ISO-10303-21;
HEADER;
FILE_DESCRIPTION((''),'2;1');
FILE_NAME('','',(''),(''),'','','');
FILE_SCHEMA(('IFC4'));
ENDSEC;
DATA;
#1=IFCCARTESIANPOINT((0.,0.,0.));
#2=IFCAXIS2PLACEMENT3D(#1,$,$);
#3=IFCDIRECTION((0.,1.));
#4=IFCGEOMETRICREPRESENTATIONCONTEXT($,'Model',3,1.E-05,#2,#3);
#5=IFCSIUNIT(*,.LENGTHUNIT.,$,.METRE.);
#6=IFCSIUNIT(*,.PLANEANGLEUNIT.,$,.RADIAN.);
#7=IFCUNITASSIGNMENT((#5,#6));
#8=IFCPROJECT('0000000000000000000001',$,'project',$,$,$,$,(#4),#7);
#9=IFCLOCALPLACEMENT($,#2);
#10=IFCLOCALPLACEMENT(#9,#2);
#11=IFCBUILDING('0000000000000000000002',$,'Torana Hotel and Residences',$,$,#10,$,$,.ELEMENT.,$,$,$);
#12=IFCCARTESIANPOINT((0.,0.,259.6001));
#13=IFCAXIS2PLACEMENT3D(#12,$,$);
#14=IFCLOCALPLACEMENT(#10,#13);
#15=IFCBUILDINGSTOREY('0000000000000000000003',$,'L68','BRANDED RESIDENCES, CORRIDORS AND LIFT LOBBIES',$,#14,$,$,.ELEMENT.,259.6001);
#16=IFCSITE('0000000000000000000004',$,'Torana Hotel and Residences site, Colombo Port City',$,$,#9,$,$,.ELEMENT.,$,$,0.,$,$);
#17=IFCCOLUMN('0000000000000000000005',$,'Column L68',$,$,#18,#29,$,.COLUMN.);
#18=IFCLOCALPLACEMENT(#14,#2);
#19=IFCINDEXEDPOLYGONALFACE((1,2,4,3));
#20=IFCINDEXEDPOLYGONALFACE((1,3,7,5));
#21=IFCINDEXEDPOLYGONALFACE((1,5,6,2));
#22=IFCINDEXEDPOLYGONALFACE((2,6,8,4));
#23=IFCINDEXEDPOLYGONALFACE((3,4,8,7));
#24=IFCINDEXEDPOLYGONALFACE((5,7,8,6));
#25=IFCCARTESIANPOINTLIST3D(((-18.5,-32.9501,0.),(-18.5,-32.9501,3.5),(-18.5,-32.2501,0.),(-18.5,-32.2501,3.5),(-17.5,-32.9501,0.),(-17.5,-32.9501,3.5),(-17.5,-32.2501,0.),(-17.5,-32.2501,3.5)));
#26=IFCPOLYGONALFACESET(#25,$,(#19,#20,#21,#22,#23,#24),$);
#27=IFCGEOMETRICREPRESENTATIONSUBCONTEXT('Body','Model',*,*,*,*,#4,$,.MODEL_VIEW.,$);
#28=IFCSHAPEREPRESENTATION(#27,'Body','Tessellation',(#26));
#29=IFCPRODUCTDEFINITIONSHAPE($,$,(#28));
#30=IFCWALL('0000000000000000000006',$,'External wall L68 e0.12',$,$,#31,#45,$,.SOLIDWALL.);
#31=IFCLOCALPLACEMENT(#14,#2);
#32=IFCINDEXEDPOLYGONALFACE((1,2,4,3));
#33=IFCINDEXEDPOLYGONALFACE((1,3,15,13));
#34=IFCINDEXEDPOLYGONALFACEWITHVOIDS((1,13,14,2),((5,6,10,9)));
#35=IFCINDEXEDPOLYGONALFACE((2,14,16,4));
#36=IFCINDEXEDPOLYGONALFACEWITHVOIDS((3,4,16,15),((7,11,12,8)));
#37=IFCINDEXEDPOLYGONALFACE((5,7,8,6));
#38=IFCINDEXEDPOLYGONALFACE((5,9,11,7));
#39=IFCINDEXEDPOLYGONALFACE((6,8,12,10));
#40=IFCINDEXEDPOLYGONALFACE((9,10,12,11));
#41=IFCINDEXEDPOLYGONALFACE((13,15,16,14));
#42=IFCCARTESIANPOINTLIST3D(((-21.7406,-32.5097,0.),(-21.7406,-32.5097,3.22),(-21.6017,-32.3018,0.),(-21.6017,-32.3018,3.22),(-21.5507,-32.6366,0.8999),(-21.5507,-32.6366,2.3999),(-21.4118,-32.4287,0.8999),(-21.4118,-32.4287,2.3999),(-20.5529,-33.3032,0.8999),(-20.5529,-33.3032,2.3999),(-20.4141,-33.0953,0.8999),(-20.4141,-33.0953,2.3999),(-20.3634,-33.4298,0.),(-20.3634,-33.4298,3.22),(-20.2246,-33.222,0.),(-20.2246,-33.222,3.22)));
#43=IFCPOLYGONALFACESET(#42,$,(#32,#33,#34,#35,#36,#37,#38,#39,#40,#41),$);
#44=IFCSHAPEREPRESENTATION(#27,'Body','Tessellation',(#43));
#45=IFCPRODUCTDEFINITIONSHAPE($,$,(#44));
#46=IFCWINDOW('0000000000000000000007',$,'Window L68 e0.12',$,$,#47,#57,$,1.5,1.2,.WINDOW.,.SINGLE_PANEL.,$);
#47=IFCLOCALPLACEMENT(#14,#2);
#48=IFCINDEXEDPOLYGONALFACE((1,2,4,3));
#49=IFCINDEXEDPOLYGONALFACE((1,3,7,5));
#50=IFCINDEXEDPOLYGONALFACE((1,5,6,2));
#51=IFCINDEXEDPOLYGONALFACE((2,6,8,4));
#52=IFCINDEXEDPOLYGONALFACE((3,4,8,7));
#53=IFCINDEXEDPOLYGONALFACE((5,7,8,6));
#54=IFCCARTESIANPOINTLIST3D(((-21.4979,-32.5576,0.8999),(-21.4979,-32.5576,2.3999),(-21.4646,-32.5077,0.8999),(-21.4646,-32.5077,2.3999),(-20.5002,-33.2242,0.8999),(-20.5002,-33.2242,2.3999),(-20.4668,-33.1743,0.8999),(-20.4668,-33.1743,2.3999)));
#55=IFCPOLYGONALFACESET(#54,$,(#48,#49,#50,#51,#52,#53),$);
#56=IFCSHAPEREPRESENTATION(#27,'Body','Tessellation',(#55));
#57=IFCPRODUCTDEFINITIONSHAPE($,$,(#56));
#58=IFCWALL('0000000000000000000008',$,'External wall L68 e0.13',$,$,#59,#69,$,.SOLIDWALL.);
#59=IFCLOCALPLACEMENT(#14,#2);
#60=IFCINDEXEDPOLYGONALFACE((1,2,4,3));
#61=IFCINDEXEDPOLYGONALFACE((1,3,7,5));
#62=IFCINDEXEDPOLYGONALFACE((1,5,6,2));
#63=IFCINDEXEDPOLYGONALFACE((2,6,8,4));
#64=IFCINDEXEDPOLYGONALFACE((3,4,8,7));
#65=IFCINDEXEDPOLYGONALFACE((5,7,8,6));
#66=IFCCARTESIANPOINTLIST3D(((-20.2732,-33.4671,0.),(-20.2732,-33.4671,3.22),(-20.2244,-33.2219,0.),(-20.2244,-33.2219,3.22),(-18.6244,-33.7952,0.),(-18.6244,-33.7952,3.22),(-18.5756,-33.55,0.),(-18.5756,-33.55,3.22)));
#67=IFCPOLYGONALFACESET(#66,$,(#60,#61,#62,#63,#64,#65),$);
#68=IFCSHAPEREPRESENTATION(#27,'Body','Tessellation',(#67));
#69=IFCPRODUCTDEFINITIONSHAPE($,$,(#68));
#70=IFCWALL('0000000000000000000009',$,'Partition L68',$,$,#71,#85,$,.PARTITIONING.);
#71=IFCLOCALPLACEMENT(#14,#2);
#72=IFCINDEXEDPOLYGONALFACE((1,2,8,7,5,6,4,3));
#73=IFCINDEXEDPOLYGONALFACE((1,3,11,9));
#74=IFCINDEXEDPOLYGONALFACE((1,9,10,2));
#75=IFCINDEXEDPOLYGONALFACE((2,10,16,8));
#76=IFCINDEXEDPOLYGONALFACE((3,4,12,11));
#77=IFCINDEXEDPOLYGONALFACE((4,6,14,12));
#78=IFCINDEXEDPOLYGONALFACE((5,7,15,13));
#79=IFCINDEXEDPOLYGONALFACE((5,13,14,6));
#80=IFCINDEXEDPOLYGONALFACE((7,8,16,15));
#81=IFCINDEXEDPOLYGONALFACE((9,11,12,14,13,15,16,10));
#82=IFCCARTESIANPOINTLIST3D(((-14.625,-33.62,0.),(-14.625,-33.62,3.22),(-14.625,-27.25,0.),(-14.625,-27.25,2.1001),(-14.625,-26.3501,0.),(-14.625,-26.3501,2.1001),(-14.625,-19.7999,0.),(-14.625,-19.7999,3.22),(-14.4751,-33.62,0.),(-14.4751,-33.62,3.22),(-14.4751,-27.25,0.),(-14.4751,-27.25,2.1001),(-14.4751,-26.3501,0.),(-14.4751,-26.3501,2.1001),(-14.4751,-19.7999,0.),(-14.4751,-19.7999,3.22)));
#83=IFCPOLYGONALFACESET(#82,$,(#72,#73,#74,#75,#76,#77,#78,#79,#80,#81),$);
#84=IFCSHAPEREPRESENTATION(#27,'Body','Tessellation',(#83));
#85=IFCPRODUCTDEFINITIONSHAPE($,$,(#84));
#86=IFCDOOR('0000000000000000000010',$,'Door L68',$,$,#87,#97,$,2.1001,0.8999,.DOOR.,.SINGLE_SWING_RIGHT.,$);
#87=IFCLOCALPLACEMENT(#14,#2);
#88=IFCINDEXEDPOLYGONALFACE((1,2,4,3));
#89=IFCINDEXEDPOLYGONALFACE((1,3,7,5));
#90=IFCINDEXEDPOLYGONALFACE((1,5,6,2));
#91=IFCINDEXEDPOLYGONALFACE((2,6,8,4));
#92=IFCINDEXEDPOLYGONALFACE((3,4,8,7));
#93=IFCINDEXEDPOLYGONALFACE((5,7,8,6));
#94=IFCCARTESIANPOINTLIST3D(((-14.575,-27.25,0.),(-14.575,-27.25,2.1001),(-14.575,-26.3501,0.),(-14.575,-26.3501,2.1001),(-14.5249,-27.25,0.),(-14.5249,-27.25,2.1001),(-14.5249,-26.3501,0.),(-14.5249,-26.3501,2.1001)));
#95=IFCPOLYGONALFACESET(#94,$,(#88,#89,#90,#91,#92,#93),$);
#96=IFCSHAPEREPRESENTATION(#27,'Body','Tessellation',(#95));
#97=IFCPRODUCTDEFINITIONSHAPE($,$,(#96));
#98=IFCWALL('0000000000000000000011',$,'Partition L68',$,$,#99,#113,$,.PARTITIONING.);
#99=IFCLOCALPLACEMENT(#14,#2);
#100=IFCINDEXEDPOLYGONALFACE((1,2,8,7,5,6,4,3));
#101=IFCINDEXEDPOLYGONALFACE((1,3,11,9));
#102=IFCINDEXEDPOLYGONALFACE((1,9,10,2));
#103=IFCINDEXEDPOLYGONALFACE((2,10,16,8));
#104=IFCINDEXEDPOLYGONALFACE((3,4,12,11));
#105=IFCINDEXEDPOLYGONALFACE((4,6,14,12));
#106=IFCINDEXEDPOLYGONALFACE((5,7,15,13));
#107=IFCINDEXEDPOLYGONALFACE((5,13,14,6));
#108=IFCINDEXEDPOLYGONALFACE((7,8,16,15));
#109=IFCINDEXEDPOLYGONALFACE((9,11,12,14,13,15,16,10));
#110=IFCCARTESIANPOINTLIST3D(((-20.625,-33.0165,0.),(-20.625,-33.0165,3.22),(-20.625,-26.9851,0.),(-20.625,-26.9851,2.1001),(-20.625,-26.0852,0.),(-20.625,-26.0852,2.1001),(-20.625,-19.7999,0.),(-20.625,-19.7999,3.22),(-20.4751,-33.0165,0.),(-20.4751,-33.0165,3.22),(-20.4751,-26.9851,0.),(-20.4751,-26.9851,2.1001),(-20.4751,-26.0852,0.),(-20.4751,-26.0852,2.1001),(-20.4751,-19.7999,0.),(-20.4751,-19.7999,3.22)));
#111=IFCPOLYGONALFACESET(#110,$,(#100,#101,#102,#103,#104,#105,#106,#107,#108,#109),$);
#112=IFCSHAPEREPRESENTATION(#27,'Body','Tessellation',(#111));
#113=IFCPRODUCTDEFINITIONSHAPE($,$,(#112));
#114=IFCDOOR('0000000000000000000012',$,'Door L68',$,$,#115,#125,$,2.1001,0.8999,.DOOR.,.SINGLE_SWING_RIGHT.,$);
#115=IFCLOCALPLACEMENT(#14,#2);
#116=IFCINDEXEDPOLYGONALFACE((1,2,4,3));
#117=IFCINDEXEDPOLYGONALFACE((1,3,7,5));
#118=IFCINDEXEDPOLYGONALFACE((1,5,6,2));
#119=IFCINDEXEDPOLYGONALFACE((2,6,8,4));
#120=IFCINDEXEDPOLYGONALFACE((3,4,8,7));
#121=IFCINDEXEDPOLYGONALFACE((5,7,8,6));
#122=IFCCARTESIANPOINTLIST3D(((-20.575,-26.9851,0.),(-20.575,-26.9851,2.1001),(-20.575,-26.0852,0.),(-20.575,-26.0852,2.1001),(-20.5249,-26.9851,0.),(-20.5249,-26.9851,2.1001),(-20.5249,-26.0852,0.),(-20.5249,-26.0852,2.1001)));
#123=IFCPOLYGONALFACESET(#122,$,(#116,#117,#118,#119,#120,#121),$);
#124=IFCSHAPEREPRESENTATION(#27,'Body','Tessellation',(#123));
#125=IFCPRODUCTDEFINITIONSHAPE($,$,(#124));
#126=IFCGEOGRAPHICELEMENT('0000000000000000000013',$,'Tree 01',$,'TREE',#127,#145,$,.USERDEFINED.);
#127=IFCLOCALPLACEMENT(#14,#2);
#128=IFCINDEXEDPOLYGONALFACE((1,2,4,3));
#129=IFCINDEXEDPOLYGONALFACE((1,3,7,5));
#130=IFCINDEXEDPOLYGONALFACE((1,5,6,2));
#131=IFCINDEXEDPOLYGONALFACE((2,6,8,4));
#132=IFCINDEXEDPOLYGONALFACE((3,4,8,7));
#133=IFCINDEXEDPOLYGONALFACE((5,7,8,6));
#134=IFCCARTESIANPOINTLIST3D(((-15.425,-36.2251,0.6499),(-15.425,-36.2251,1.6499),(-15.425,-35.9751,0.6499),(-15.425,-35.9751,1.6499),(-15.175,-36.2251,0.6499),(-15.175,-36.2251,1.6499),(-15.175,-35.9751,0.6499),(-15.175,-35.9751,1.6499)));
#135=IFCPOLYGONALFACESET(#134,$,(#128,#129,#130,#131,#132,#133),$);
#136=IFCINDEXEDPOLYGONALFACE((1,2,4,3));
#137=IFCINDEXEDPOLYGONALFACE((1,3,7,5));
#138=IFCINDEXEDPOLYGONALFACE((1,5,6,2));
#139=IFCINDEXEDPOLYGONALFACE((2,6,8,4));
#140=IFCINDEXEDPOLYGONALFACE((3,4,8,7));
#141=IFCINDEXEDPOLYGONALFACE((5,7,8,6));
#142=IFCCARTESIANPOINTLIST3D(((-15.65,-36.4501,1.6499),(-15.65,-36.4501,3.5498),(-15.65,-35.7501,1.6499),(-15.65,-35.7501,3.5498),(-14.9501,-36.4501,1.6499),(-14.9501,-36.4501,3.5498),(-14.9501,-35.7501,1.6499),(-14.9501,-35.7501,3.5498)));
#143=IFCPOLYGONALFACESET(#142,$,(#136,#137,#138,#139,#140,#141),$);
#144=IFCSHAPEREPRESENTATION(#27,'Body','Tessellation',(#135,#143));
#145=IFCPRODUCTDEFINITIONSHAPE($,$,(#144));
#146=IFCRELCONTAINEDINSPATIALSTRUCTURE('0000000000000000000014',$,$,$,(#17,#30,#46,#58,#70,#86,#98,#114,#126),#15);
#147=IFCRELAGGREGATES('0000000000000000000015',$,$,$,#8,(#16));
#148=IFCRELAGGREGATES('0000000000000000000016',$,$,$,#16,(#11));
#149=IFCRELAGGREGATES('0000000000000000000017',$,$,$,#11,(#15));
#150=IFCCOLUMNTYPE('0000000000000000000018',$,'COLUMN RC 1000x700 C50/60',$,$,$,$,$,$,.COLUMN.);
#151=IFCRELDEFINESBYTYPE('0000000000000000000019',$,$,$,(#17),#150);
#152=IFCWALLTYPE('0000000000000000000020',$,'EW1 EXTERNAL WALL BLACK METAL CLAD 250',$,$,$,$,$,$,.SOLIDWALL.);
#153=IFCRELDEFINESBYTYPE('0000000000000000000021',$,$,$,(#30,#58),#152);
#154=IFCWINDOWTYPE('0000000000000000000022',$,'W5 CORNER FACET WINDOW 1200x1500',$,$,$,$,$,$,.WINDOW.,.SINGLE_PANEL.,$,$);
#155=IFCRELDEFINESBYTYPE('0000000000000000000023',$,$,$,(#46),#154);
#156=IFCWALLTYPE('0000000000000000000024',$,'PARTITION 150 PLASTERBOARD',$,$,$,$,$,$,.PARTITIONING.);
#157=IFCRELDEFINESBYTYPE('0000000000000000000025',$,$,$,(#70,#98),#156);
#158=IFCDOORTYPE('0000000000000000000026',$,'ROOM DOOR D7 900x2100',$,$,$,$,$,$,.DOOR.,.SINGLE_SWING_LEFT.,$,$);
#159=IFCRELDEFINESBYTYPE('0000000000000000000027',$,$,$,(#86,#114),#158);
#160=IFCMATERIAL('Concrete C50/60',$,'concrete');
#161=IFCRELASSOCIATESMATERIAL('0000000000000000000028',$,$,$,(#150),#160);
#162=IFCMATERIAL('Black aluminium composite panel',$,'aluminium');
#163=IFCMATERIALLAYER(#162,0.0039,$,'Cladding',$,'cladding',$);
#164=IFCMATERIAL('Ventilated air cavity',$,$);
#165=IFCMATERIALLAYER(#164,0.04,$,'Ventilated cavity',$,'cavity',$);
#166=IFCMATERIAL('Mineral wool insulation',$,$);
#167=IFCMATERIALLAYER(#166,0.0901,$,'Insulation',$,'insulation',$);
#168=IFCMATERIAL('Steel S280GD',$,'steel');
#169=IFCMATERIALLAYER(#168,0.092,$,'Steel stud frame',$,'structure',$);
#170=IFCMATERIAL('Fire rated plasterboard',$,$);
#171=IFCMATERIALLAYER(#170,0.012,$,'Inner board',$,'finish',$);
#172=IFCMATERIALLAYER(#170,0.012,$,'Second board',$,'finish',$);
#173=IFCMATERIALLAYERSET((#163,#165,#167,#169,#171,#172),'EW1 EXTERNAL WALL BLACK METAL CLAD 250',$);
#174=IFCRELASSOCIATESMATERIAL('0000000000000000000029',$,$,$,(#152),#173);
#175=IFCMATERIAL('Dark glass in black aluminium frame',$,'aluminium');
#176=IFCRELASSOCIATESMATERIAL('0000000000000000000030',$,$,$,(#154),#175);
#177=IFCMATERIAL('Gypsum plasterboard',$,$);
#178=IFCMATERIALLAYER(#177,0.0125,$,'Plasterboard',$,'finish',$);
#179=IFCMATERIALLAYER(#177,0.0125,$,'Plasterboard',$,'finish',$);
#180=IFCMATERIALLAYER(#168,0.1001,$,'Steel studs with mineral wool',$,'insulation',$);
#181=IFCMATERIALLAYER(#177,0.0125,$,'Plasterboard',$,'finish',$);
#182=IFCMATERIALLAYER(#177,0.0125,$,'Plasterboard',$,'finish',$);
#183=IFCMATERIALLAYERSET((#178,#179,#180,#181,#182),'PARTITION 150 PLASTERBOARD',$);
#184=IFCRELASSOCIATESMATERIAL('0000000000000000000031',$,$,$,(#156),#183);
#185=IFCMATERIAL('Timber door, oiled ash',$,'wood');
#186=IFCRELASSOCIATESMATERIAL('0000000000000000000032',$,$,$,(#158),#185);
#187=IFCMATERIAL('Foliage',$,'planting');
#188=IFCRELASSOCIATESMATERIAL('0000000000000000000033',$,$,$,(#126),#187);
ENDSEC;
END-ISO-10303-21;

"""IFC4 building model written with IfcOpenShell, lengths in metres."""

from ifc_helpers import new_model, si_unit, direction, frame, frame_2d, origin, origin_2d, place, context, subcontext, project, spatial, rectangle, extrude, material, layer, layer_set, material_profile, profile_set, type_object, element, fill, save


model = new_model("IFC4")

# Units and contexts
model_context = context("Model", 3, precision=1e-05, world=origin(), true_north=direction((0.0, 1.0)))
body_context = subcontext(model_context, "Body", "Model", "MODEL_VIEW")
ifc_project = project(units=[si_unit("LENGTHUNIT", "METRE"), si_unit("PLANEANGLEUNIT", "RADIAN")], contexts=[model_context])

# Site, building, storey
site_placement = place(None, origin())
site = spatial("IfcSite", under=ifc_project, at=site_placement, Name="Torana Hotel and Residences site, Colombo Port City", CompositionType="ELEMENT", RefElevation=0.0)
building_placement = place(site_placement, origin())
building = spatial("IfcBuilding", under=site, at=building_placement, Name="Torana Hotel and Residences", CompositionType="ELEMENT")
storey_placement = place(building_placement, frame((0.0, 0.0, 259.6001)))
storey = spatial("IfcBuildingStorey", under=building, at=storey_placement, Name="L68", Description="BRANDED RESIDENCES, CORRIDORS AND LIFT LOBBIES", CompositionType="ELEMENT", Elevation=259.6001)

# Column
ifc_material_1 = material(Name="Concrete C50/60", Category="concrete")
ifc_material_profile = material_profile(ifc_material_1, rectangle(XDim=1.0, YDim=0.7, at=origin_2d()), Name="RC 1000x700")
ifc_profile_set = profile_set([ifc_material_profile], Name="Concrete C50/60")
column_type = type_object("IfcColumnType", Name="COLUMN RC 1000x700 C50/60", PredefinedType="COLUMN", material=ifc_profile_set)
column_placement = place(storey_placement, frame((-18.0, -32.6001, 0.0), z_axis=(0.0, 0.0, 1.0), x_axis=(1.0, 0.0, 0.0)))
element("IfcColumn", 1, at=column_placement, inside=storey, type_object=column_type, Name="Column L68", PredefinedType="COLUMN", context=body_context, shape_type="SweptSolid", body=[
    extrude(rectangle(XDim=1.0, YDim=0.7, at=origin_2d()), origin(), (0.0, 0.0, 1.0), 3.5),
])

# Wall, opening, window
ifc_material_2 = material(Name="Black aluminium composite panel", Category="aluminium")
ifc_layer_1 = layer(ifc_material_2, 0.0039, Name="Cladding", Category="cladding")
ifc_material_3 = material(Name="Ventilated air cavity")
ifc_layer_2 = layer(ifc_material_3, 0.04, Name="Ventilated cavity", Category="cavity")
ifc_material_4 = material(Name="Mineral wool insulation")
ifc_layer_3 = layer(ifc_material_4, 0.0901, Name="Insulation", Category="insulation")
ifc_material_5 = material(Name="Steel S280GD", Category="steel")
ifc_layer_4 = layer(ifc_material_5, 0.092, Name="Steel stud frame", Category="structure")
ifc_material_6 = material(Name="Fire rated plasterboard")
ifc_layer_5 = layer(ifc_material_6, 0.012, Name="Inner board", Category="finish")
ifc_layer_6 = layer(ifc_material_6, 0.012, Name="Second board", Category="finish")
ifc_layer_set_1 = layer_set([ifc_layer_1, ifc_layer_2, ifc_layer_3, ifc_layer_4, ifc_layer_5, ifc_layer_6], Name="EW1 EXTERNAL WALL BLACK METAL CLAD 250")
wall_type_1 = type_object("IfcWallType", Name="EW1 EXTERNAL WALL BLACK METAL CLAD 250", PredefinedType="SOLIDWALL", material=ifc_layer_set_1)
wall_1_placement = place(storey_placement, frame((-21.6711, -32.4058, 0.0), z_axis=(0.0, 0.0, 1.0), x_axis=(0.831483, -0.55555, 0.0)))
wall_1 = element("IfcWall", 2, at=wall_1_placement, inside=storey, type_object=wall_type_1, Name="External wall L68 e0.12", PredefinedType="SOLIDWALL", context=body_context, shape_type="SweptSolid", body=[
    extrude(rectangle(XDim=1.6562, YDim=0.25, at=frame_2d((0.8281, 0.0))), origin(), (0.0, 0.0, 1.0), 3.22),
])
opening_1_placement = place(wall_1_placement, frame((0.2283, 0.0, 0.8999)))
opening_1 = element("IfcOpeningElement", 3, at=opening_1_placement, cuts=wall_1, PredefinedType="OPENING", context=body_context, shape_type="SweptSolid", body=[
    extrude(rectangle(XDim=1.2, YDim=1.5, at=frame_2d((0.6001, 0.75))), frame((0.0, 0.135, 0.0), z_axis=(0.0, -1.0, 0.0), x_axis=(1.0, 0.0, 0.0)), (0.0, 0.0, 1.0), 0.27),
])
ifc_material_7 = material(Name="Dark glass in black aluminium frame", Category="aluminium")
window_type_1 = type_object("IfcWindowType", Name="W5 CORNER FACET WINDOW 1200x1500", PartitioningType="SINGLE_PANEL", PredefinedType="WINDOW", material=ifc_material_7)
window_1_placement = place(opening_1_placement, origin())
window_1 = element("IfcWindow", 4, at=window_1_placement, inside=storey, type_object=window_type_1, Name="Window L68 e0.12", OverallHeight=1.5, OverallWidth=1.2, PartitioningType="SINGLE_PANEL", PredefinedType="WINDOW", context=body_context, shape_type="SweptSolid", body=[
    extrude(rectangle(XDim=1.2, YDim=1.5, at=frame_2d((0.6001, 0.75))), frame((0.0, 0.03, 0.0), z_axis=(0.0, -1.0, 0.0), x_axis=(1.0, 0.0, 0.0)), (0.0, 0.0, 1.0), 0.0601),
])
fill(opening_1, window_1)

# Wall
wall_2_placement = place(storey_placement, frame((-20.2488, -33.3445, 0.0), z_axis=(0.0, 0.0, 1.0), x_axis=(0.98077, -0.195167, 0.0)))
element("IfcWall", 5, at=wall_2_placement, inside=storey, type_object=wall_type_1, Name="External wall L68 e0.13", PredefinedType="SOLIDWALL", context=body_context, shape_type="SweptSolid", body=[
    extrude(rectangle(XDim=1.6812, YDim=0.25, at=frame_2d((0.8406, 0.0))), origin(), (0.0, 0.0, 1.0), 3.22),
])

# Walls, openings, doors
ifc_material_8 = material(Name="Gypsum plasterboard")
ifc_layer_7 = layer(ifc_material_8, 0.0125, Name="Plasterboard", Category="finish")
ifc_layer_8 = layer(ifc_material_8, 0.0125, Name="Plasterboard", Category="finish")
ifc_layer_9 = layer(ifc_material_5, 0.1001, Name="Steel studs with mineral wool", Category="insulation")
ifc_layer_10 = layer(ifc_material_8, 0.0125, Name="Plasterboard", Category="finish")
ifc_layer_11 = layer(ifc_material_8, 0.0125, Name="Plasterboard", Category="finish")
ifc_layer_set_2 = layer_set([ifc_layer_7, ifc_layer_8, ifc_layer_9, ifc_layer_10, ifc_layer_11], Name="PARTITION 150 PLASTERBOARD")
wall_type_2 = type_object("IfcWallType", Name="PARTITION 150 PLASTERBOARD", PredefinedType="PARTITIONING", material=ifc_layer_set_2)
wall_3_placement = place(storey_placement, frame((-14.55, -33.6201, 0.0), z_axis=(0.0, 0.0, 1.0), x_axis=(0.0, 1.0, 0.0)))
wall_3 = element("IfcWall", 6, at=wall_3_placement, inside=storey, type_object=wall_type_2, Name="Partition L68", PredefinedType="PARTITIONING", context=body_context, shape_type="SweptSolid", body=[
    extrude(rectangle(XDim=13.8201, YDim=0.1499, at=frame_2d((6.9102, 0.0))), origin(), (0.0, 0.0, 1.0), 3.22),
])
opening_2_placement = place(wall_3_placement, frame((6.3701, 0.0, 0.0)))
opening_2 = element("IfcOpeningElement", 7, at=opening_2_placement, cuts=wall_3, PredefinedType="OPENING", context=body_context, shape_type="SweptSolid", body=[
    extrude(rectangle(XDim=0.8999, YDim=2.1001, at=frame_2d((0.45, 1.05))), frame((0.0, 0.085, 0.0), z_axis=(0.0, -1.0, 0.0), x_axis=(1.0, 0.0, 0.0)), (0.0, 0.0, 1.0), 0.1699),
])
ifc_material_9 = material(Name="Timber door, oiled ash", Category="wood")
door_type_1 = type_object("IfcDoorType", Name="ROOM DOOR D7 900x2100", OperationType="SINGLE_SWING_LEFT", PredefinedType="DOOR", material=ifc_material_9)
door_1_placement = place(opening_2_placement, origin())
door_1 = element("IfcDoor", 8, at=door_1_placement, inside=storey, type_object=door_type_1, Name="Door L68", OperationType="SINGLE_SWING_RIGHT", OverallHeight=2.1001, OverallWidth=0.8999, PredefinedType="DOOR", context=body_context, shape_type="SweptSolid", body=[
    extrude(rectangle(XDim=0.8999, YDim=2.1001, at=frame_2d((0.45, 1.05))), frame((0.0, 0.0249, 0.0), z_axis=(0.0, -1.0, 0.0), x_axis=(1.0, 0.0, 0.0)), (0.0, 0.0, 1.0), 0.05),
])
fill(opening_2, door_1)
wall_4_placement = place(storey_placement, frame((-20.55, -33.0166, 0.0), z_axis=(0.0, 0.0, 1.0), x_axis=(0.0, 1.0, 0.0)))
wall_4 = element("IfcWall", 9, at=wall_4_placement, inside=storey, type_object=wall_type_2, Name="Partition L68", PredefinedType="PARTITIONING", context=body_context, shape_type="SweptSolid", body=[
    extrude(rectangle(XDim=13.2166, YDim=0.1499, at=frame_2d((6.6084, 0.0))), origin(), (0.0, 0.0, 1.0), 3.22),
])
opening_3_placement = place(wall_4_placement, frame((6.0315, 0.0, 0.0)))
opening_3 = element("IfcOpeningElement", 10, at=opening_3_placement, cuts=wall_4, PredefinedType="OPENING", context=body_context, shape_type="SweptSolid", body=[
    extrude(rectangle(XDim=0.8999, YDim=2.1001, at=frame_2d((0.45, 1.05))), frame((0.0, 0.085, 0.0), z_axis=(0.0, -1.0, 0.0), x_axis=(1.0, 0.0, 0.0)), (0.0, 0.0, 1.0), 0.1699),
])
door_2_placement = place(opening_3_placement, origin())
door_2 = element("IfcDoor", 11, at=door_2_placement, inside=storey, type_object=door_type_1, Name="Door L68", OperationType="SINGLE_SWING_RIGHT", OverallHeight=2.1001, OverallWidth=0.8999, PredefinedType="DOOR", context=body_context, shape_type="SweptSolid", body=[
    extrude(rectangle(XDim=0.8999, YDim=2.1001, at=frame_2d((0.45, 1.05))), frame((0.0, 0.0249, 0.0), z_axis=(0.0, -1.0, 0.0), x_axis=(1.0, 0.0, 0.0)), (0.0, 0.0, 1.0), 0.05),
])
fill(opening_3, door_2)

# Geographic element
ifc_material_10 = material(Name="Foliage", Category="planting")
geographic_element_placement = place(storey_placement, frame((-15.3, -36.1001, 0.6499), z_axis=(0.0, 0.0, 1.0), x_axis=(1.0, 0.0, 0.0)))
element("IfcGeographicElement", 12, at=geographic_element_placement, inside=storey, material=ifc_material_10, Name="Tree 01", ObjectType="TREE", PredefinedType="USERDEFINED", context=body_context, shape_type="SweptSolid", body=[
    extrude(rectangle(XDim=0.25, YDim=0.25, at=origin_2d()), origin(), (0.0, 0.0, 1.0), 1.0),
    extrude(rectangle(XDim=0.7, YDim=0.7, at=origin_2d()), frame((0.0, 0.0, 1.0)), (0.0, 0.0, 1.0), 1.8999),
])

save(model, "model.ifc")
